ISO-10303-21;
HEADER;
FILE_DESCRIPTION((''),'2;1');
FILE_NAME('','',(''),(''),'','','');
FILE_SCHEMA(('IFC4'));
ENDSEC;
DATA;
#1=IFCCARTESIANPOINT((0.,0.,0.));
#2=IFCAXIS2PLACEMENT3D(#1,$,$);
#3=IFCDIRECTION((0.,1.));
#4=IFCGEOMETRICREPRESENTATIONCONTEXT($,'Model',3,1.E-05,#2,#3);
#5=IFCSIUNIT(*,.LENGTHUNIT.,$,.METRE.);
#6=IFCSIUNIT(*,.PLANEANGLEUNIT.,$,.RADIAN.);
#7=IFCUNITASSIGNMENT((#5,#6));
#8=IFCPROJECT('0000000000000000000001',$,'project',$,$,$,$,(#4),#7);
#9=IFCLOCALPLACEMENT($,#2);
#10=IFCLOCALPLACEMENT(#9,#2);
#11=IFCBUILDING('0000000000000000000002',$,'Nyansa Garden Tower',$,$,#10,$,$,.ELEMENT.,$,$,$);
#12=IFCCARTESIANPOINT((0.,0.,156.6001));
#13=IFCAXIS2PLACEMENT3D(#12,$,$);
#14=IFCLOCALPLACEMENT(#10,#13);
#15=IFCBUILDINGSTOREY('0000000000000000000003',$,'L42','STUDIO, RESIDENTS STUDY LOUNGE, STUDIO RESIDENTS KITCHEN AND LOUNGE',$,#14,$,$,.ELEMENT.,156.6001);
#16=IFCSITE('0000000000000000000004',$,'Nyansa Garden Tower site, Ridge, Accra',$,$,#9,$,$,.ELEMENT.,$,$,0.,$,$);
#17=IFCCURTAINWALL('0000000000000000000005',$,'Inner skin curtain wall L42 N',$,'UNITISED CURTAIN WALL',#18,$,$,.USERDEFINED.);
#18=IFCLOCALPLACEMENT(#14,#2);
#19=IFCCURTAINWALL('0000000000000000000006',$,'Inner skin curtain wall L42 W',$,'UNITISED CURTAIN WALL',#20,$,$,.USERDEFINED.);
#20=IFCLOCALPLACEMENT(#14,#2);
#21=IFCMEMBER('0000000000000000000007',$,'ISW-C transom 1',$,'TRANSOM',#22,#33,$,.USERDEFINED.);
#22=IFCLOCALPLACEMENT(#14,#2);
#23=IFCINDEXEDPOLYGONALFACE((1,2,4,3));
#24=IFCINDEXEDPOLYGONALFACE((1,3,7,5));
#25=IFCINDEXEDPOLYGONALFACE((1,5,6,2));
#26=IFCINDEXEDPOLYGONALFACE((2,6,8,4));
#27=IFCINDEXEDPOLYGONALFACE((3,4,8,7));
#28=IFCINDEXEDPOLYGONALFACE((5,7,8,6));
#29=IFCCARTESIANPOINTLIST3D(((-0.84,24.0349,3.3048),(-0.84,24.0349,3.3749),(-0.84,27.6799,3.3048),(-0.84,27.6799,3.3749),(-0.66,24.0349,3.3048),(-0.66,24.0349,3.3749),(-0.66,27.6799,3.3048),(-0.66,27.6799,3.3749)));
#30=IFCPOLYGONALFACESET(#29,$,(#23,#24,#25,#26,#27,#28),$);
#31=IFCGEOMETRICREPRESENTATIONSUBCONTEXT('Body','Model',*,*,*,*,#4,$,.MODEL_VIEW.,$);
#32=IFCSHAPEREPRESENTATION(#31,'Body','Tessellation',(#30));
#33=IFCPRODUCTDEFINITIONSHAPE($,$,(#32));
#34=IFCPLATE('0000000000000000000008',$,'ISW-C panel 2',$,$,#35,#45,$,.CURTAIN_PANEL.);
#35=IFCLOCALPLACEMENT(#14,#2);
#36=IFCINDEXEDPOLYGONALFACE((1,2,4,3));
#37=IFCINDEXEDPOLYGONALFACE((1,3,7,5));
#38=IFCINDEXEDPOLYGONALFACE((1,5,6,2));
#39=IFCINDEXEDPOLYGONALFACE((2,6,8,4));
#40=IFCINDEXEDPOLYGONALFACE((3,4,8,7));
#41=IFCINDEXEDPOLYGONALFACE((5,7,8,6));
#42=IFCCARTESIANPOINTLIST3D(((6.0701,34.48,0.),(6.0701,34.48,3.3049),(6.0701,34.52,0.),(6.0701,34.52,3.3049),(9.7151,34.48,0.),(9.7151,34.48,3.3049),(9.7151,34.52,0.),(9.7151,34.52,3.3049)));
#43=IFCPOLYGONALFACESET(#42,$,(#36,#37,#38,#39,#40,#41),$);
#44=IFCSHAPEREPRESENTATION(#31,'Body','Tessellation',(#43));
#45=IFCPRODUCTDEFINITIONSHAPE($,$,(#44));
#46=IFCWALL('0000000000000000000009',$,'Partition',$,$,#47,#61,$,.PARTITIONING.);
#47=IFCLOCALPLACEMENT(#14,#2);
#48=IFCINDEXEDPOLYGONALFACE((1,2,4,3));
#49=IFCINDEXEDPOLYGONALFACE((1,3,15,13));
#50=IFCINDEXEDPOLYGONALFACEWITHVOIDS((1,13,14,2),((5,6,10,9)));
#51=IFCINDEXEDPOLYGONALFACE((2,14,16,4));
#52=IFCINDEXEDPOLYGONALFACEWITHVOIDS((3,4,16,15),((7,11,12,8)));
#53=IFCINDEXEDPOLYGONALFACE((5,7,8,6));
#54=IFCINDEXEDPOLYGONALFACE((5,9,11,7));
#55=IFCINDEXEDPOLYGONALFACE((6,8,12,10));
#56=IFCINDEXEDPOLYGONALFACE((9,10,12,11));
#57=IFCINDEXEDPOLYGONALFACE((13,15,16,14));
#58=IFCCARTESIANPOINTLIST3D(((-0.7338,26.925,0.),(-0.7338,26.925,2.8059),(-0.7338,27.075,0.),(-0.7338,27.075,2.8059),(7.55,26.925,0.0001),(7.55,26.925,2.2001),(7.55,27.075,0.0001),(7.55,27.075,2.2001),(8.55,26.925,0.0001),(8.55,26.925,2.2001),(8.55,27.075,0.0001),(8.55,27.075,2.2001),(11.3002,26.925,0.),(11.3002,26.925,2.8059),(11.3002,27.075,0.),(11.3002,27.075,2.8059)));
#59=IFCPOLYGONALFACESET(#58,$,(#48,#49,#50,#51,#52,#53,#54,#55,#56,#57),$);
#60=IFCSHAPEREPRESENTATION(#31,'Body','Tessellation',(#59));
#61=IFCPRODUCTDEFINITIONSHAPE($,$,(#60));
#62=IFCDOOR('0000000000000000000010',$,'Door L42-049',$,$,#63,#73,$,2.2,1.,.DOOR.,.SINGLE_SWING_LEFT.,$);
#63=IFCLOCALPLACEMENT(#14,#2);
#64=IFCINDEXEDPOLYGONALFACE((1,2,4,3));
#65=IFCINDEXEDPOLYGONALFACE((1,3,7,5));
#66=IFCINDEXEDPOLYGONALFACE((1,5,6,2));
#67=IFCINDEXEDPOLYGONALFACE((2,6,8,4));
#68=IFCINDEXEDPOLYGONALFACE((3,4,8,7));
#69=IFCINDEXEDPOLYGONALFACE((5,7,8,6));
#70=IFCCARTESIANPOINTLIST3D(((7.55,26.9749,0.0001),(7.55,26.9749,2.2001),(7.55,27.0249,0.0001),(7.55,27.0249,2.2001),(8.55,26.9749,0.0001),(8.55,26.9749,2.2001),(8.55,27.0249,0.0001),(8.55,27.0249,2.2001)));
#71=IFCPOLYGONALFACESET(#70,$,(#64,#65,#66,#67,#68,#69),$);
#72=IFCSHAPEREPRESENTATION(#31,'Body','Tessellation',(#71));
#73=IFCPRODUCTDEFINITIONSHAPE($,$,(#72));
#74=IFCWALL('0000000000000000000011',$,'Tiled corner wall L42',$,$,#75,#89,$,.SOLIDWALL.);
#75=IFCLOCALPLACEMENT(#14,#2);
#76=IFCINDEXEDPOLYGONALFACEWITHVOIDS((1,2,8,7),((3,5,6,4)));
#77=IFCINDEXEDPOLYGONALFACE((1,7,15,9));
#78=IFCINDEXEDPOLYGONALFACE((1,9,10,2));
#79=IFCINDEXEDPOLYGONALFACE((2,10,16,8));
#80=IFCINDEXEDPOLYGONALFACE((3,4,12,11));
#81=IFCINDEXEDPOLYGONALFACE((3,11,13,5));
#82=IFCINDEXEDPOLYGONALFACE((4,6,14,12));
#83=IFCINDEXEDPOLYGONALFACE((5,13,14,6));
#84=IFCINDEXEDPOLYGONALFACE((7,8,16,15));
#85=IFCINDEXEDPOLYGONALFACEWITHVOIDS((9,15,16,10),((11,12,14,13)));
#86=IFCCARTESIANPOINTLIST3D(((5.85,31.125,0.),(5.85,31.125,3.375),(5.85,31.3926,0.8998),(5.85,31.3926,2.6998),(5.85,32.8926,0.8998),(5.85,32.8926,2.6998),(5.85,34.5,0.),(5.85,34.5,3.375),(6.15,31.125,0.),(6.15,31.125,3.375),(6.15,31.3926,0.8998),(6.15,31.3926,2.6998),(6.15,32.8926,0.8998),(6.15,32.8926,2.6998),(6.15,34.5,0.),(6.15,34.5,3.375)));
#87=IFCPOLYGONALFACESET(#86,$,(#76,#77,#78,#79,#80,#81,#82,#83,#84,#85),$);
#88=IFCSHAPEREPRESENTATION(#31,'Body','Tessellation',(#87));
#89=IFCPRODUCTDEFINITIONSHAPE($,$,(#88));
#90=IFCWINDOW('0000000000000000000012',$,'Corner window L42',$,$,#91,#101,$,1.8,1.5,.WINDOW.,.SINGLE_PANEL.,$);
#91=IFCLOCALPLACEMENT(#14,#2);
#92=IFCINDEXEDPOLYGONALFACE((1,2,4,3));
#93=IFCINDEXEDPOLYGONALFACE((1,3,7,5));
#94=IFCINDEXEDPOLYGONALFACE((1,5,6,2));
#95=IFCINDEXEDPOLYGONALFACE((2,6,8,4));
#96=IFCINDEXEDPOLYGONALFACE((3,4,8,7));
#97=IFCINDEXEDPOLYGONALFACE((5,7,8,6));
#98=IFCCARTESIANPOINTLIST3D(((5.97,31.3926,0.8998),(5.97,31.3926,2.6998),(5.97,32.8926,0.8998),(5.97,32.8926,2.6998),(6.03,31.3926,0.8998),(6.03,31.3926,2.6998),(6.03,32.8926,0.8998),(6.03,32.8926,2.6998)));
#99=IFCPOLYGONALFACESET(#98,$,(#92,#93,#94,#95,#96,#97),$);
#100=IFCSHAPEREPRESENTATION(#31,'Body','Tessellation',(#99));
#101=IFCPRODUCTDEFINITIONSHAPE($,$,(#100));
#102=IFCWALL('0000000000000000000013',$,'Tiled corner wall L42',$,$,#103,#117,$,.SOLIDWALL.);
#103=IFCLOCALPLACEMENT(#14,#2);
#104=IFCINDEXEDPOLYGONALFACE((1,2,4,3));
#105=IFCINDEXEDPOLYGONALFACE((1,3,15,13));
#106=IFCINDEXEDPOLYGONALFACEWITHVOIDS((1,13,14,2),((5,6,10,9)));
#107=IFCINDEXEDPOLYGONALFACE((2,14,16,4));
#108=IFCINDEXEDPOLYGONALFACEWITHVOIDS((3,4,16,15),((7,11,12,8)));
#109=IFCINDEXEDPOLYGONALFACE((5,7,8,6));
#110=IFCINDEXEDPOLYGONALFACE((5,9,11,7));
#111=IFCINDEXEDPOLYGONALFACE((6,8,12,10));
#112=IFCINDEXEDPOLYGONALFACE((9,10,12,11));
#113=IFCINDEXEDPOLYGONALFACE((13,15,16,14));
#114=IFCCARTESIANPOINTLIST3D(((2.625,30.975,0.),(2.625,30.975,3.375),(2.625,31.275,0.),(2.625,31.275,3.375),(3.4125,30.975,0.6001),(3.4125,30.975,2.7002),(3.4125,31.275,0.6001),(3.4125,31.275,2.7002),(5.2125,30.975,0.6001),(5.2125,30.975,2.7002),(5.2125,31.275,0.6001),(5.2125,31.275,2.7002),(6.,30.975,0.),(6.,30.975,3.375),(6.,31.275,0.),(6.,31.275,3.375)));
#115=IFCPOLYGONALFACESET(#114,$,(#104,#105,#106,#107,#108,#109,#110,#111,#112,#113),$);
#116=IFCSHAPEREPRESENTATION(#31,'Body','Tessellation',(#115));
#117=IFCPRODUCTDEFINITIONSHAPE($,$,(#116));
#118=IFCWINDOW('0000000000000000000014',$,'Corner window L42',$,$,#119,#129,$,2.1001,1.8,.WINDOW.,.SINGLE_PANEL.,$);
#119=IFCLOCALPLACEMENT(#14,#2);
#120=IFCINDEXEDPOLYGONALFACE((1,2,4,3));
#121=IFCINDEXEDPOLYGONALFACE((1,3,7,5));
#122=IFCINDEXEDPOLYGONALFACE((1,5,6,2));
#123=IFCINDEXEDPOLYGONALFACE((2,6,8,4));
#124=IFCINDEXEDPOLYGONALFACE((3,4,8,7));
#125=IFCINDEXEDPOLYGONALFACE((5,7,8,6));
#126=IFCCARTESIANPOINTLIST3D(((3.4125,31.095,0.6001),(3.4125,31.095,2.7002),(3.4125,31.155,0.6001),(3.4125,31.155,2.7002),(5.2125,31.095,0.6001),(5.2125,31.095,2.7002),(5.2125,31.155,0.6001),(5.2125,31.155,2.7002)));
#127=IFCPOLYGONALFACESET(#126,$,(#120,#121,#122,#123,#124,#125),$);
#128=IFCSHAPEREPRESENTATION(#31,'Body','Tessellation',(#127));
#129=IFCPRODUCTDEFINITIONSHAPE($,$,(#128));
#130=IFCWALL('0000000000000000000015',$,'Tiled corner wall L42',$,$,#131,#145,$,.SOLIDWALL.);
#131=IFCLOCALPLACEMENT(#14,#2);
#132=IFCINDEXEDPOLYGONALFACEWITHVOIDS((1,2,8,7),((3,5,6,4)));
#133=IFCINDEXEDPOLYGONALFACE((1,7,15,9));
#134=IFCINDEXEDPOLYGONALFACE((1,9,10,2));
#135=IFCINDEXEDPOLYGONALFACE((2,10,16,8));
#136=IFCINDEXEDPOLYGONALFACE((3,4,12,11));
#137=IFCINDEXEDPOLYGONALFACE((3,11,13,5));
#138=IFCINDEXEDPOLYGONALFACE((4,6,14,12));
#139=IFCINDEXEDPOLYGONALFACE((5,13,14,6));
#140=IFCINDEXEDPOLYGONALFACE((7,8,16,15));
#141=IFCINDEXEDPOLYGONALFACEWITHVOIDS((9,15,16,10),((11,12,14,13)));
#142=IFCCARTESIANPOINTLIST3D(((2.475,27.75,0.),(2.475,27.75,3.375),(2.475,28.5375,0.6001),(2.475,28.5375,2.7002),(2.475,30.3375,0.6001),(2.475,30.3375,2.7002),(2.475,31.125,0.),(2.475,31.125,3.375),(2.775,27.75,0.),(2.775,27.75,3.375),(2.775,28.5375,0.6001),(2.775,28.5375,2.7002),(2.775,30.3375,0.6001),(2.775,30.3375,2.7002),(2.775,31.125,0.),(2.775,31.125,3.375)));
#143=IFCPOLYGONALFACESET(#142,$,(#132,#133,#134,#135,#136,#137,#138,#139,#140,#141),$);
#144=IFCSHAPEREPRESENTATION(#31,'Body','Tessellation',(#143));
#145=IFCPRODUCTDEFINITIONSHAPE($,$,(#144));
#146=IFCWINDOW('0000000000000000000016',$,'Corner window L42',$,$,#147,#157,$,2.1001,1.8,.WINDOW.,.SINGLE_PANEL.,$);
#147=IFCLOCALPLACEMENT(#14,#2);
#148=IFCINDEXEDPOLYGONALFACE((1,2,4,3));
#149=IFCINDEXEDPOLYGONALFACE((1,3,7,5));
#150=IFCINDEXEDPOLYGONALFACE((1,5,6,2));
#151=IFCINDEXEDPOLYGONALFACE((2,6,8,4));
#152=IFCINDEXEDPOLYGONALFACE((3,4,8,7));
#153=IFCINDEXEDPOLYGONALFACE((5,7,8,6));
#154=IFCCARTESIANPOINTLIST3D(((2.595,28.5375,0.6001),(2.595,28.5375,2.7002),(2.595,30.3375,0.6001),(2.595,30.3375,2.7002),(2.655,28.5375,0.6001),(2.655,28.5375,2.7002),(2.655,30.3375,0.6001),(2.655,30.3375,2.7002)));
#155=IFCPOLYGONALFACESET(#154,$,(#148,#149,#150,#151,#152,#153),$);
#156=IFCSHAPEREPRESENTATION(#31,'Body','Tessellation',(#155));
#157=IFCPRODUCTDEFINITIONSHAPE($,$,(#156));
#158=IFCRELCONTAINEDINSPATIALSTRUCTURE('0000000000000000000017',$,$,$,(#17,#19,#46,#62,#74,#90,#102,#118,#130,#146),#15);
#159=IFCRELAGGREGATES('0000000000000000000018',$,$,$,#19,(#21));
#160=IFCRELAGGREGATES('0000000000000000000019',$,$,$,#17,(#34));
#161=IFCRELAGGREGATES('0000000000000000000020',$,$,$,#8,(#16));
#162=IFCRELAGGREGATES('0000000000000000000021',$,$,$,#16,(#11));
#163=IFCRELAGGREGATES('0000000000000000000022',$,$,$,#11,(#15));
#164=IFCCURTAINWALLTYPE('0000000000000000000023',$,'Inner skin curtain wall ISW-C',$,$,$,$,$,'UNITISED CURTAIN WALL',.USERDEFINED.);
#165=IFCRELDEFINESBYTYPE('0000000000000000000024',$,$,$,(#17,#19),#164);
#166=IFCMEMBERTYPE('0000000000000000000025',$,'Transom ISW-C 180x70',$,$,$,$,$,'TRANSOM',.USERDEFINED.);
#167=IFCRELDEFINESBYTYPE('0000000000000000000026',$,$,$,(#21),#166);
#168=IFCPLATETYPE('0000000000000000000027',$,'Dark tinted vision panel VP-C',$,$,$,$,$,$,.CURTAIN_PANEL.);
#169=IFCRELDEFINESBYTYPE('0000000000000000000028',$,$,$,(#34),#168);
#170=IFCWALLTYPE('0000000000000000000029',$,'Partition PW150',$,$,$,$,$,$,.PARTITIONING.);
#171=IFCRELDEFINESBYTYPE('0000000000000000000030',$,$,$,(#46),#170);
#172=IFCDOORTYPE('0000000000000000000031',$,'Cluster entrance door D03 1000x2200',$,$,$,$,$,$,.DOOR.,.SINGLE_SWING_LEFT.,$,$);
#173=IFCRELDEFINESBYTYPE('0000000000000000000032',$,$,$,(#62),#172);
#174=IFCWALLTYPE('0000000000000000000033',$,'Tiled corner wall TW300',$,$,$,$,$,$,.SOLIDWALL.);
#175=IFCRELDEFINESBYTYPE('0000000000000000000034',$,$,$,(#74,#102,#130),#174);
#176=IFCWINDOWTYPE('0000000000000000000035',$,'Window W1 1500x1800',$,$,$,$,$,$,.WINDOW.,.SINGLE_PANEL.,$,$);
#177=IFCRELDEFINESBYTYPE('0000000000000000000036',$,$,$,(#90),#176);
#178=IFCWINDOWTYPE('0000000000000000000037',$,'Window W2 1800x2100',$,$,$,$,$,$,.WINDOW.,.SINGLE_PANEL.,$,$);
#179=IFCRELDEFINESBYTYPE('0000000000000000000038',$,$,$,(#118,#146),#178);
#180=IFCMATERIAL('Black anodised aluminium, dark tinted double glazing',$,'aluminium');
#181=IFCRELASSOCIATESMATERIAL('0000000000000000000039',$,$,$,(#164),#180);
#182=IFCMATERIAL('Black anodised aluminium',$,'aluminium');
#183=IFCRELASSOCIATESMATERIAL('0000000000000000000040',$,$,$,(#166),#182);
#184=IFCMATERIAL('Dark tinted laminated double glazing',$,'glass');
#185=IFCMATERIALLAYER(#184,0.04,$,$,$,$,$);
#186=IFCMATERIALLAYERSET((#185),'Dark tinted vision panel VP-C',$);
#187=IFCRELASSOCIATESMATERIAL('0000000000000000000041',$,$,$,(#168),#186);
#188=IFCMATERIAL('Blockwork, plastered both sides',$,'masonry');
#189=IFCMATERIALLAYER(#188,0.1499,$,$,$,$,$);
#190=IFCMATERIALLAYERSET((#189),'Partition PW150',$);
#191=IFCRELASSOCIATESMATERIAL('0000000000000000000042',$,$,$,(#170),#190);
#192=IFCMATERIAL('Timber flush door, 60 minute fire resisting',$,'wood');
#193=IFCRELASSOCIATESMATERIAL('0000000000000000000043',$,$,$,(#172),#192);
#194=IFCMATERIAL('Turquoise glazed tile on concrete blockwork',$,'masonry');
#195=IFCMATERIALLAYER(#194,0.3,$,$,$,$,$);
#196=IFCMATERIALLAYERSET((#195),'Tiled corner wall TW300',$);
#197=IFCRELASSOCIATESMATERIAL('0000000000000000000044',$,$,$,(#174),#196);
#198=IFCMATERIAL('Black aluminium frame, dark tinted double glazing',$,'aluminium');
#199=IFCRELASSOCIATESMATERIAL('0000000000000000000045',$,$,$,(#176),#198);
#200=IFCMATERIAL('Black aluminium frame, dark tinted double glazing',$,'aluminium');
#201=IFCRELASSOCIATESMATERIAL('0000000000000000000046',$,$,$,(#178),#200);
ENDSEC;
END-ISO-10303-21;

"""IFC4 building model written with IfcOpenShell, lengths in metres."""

from ifc_helpers import new_model, si_unit, direction, frame, frame_2d, origin, origin_2d, place, context, subcontext, project, spatial, rectangle, extrude, material, layer, layer_set, material_profile, profile_set, type_object, element, fill, aggregate, save


model = new_model("IFC4")

# Units and contexts
model_context = context("Model", 3, precision=1e-05, world=origin(), true_north=direction((0.0, 1.0)))
body_context = subcontext(model_context, "Body", "Model", "MODEL_VIEW")
ifc_project = project(units=[si_unit("LENGTHUNIT", "METRE"), si_unit("PLANEANGLEUNIT", "RADIAN")], contexts=[model_context])

# Site, building, storey
site_placement = place(None, origin())
site = spatial("IfcSite", under=ifc_project, at=site_placement, Name="Nyansa Garden Tower site, Ridge, Accra", CompositionType="ELEMENT", RefElevation=0.0)
building_placement = place(site_placement, origin())
building = spatial("IfcBuilding", under=site, at=building_placement, Name="Nyansa Garden Tower", CompositionType="ELEMENT")
storey_placement = place(building_placement, frame((0.0, 0.0, 156.6001)))
storey = spatial("IfcBuildingStorey", under=building, at=storey_placement, Name="L42", Description="STUDIO, RESIDENTS STUDY LOUNGE, STUDIO RESIDENTS KITCHEN AND LOUNGE", CompositionType="ELEMENT", Elevation=156.6001)

# Curtain walls
ifc_material_1 = material(Name="Black anodised aluminium, dark tinted double glazing", Category="aluminium")
curtain_wall_type = type_object("IfcCurtainWallType", Name="Inner skin curtain wall ISW-C", ElementType="UNITISED CURTAIN WALL", PredefinedType="USERDEFINED", material=ifc_material_1)
curtain_wall_1_placement = place(storey_placement, origin())
curtain_wall_1 = element("IfcCurtainWall", 1, at=curtain_wall_1_placement, inside=storey, type_object=curtain_wall_type, Name="Inner skin curtain wall L42 N", ObjectType="UNITISED CURTAIN WALL", PredefinedType="USERDEFINED")
curtain_wall_2_placement = place(storey_placement, origin())
curtain_wall_2 = element("IfcCurtainWall", 2, at=curtain_wall_2_placement, inside=storey, type_object=curtain_wall_type, Name="Inner skin curtain wall L42 W", ObjectType="UNITISED CURTAIN WALL", PredefinedType="USERDEFINED")

# Member
ifc_material_2 = material(Name="Black anodised aluminium", Category="aluminium")
ifc_material_profile_1 = material_profile(ifc_material_2, rectangle(XDim=0.1799, YDim=0.0701, at=origin_2d()), Name="Transom 180x70")
ifc_profile_set_1 = profile_set([ifc_material_profile_1], Name="Black anodised aluminium")
member_type_1 = type_object("IfcMemberType", Name="Transom ISW-C 180x70", ElementType="TRANSOM", PredefinedType="USERDEFINED", material=ifc_profile_set_1)
member_1_placement = place(storey_placement, frame((-0.75, 27.6799, 3.3398), z_axis=(0.0, -1.0, 0.0), x_axis=(1.0, 0.0, 0.0)))
member_1 = element("IfcMember", 3, at=member_1_placement, type_object=member_type_1, Name="ISW-C transom 1", ObjectType="TRANSOM", PredefinedType="USERDEFINED", context=body_context, shape_type="SweptSolid", body=[
    extrude(rectangle(XDim=0.1799, YDim=0.0701, at=origin_2d()), origin(), (0.0, 0.0, 1.0), 3.645),
])
aggregate(curtain_wall_2, [member_1])

# Plate
ifc_material_3 = material(Name="Dark tinted laminated double glazing", Category="glass")
ifc_layer_1 = layer(ifc_material_3, 0.04)
ifc_layer_set_1 = layer_set([ifc_layer_1], Name="Dark tinted vision panel VP-C")
plate_type = type_object("IfcPlateType", Name="Dark tinted vision panel VP-C", PredefinedType="CURTAIN_PANEL", material=ifc_layer_set_1)
plate_placement = place(storey_placement, frame((7.8926, 34.5, 0.0), z_axis=(0.0, 0.0, 1.0), x_axis=(-1.0, 0.0, 0.0)))
plate = element("IfcPlate", 4, at=plate_placement, type_object=plate_type, Name="ISW-C panel 2", PredefinedType="CURTAIN_PANEL", context=body_context, shape_type="SweptSolid", body=[
    extrude(rectangle(XDim=3.645, YDim=0.04, at=origin_2d()), origin(), (0.0, 0.0, 1.0), 3.3049),
])
aggregate(curtain_wall_1, [plate])

# Wall, opening, door
ifc_material_4 = material(Name="Blockwork, plastered both sides", Category="masonry")
ifc_layer_2 = layer(ifc_material_4, 0.1499)
ifc_layer_set_2 = layer_set([ifc_layer_2], Name="Partition PW150")
wall_type_1 = type_object("IfcWallType", Name="Partition PW150", PredefinedType="PARTITIONING", material=ifc_layer_set_2)
wall_1_placement = place(storey_placement, frame((-0.7339, 27.0, 0.0), z_axis=(0.0, 0.0, 1.0), x_axis=(1.0, 0.0, 0.0)))
wall_1 = element("IfcWall", 5, at=wall_1_placement, inside=storey, type_object=wall_type_1, Name="Partition", PredefinedType="PARTITIONING", context=body_context, shape_type="SweptSolid", body=[
    extrude(rectangle(XDim=12.0339, YDim=0.1499, at=frame_2d((6.0171, 0.0))), origin(), (0.0, 0.0, 1.0), 2.8059),
])
opening_1_placement = place(wall_1_placement, frame((8.2839, 0.0, 0.0)))
opening_1 = element("IfcOpeningElement", 6, at=opening_1_placement, cuts=wall_1, PredefinedType="OPENING", context=body_context, shape_type="SweptSolid", body=[
    extrude(rectangle(XDim=1.0, YDim=2.2, at=frame_2d((0.5, 1.1001))), frame((0.0, 0.085, 0.0), z_axis=(0.0, -1.0, 0.0), x_axis=(1.0, 0.0, 0.0)), (0.0, 0.0, 1.0), 0.1699),
])
ifc_material_5 = material(Name="Timber flush door, 60 minute fire resisting", Category="wood")
door_type = type_object("IfcDoorType", Name="Cluster entrance door D03 1000x2200", OperationType="SINGLE_SWING_LEFT", PredefinedType="DOOR", material=ifc_material_5)
door_placement = place(opening_1_placement, origin())
door = element("IfcDoor", 7, at=door_placement, inside=storey, type_object=door_type, Name="Door L42-049", OperationType="SINGLE_SWING_LEFT", OverallHeight=2.2, OverallWidth=1.0, PredefinedType="DOOR", context=body_context, shape_type="SweptSolid", body=[
    extrude(rectangle(XDim=1.0, YDim=2.2, at=frame_2d((0.5, 1.1001))), frame((0.0, 0.0249, 0.0), z_axis=(0.0, -1.0, 0.0), x_axis=(1.0, 0.0, 0.0)), (0.0, 0.0, 1.0), 0.05),
])
fill(opening_1, door)

# Walls, openings, windows
ifc_material_6 = material(Name="Turquoise glazed tile on concrete blockwork", Category="masonry")
ifc_layer_3 = layer(ifc_material_6, 0.3)
ifc_layer_set_3 = layer_set([ifc_layer_3], Name="Tiled corner wall TW300")
wall_type_2 = type_object("IfcWallType", Name="Tiled corner wall TW300", PredefinedType="SOLIDWALL", material=ifc_layer_set_3)
wall_2_placement = place(storey_placement, frame((6.0, 34.5, 0.0), z_axis=(0.0, 0.0, 1.0), x_axis=(0.0, -1.0, 0.0)))
wall_2 = element("IfcWall", 8, at=wall_2_placement, inside=storey, type_object=wall_type_2, Name="Tiled corner wall L42", PredefinedType="SOLIDWALL", context=body_context, shape_type="SweptSolid", body=[
    extrude(rectangle(XDim=3.375, YDim=0.3, at=frame_2d((1.6875, 0.0))), origin(), (0.0, 0.0, 1.0), 3.375),
])
opening_2_placement = place(wall_2_placement, frame((1.6074, 0.0, 0.8999)))
opening_2 = element("IfcOpeningElement", 9, at=opening_2_placement, cuts=wall_2, PredefinedType="OPENING", context=body_context, shape_type="SweptSolid", body=[
    extrude(rectangle(XDim=1.5, YDim=1.8, at=frame_2d((0.75, 0.8999))), frame((0.0, 0.1599, 0.0), z_axis=(0.0, -1.0, 0.0), x_axis=(1.0, 0.0, 0.0)), (0.0, 0.0, 1.0), 0.3201),
])
ifc_material_7 = material(Name="Black aluminium frame, dark tinted double glazing", Category="aluminium")
window_type_1 = type_object("IfcWindowType", Name="Window W1 1500x1800", PartitioningType="SINGLE_PANEL", PredefinedType="WINDOW", material=ifc_material_7)
window_1_placement = place(opening_2_placement, origin())
window_1 = element("IfcWindow", 10, at=window_1_placement, inside=storey, type_object=window_type_1, Name="Corner window L42", OverallHeight=1.8, OverallWidth=1.5, PartitioningType="SINGLE_PANEL", PredefinedType="WINDOW", context=body_context, shape_type="SweptSolid", body=[
    extrude(rectangle(XDim=1.5, YDim=1.8, at=frame_2d((0.75, 0.8999))), frame((0.0, 0.03, 0.0), z_axis=(0.0, -1.0, 0.0), x_axis=(1.0, 0.0, 0.0)), (0.0, 0.0, 1.0), 0.0601),
])
fill(opening_2, window_1)
wall_3_placement = place(storey_placement, frame((6.0, 31.125, 0.0), z_axis=(0.0, 0.0, 1.0), x_axis=(-1.0, 0.0, 0.0)))
wall_3 = element("IfcWall", 11, at=wall_3_placement, inside=storey, type_object=wall_type_2, Name="Tiled corner wall L42", PredefinedType="SOLIDWALL", context=body_context, shape_type="SweptSolid", body=[
    extrude(rectangle(XDim=3.375, YDim=0.3, at=frame_2d((1.6875, 0.0))), origin(), (0.0, 0.0, 1.0), 3.375),
])
opening_3_placement = place(wall_3_placement, frame((0.7876, 0.0, 0.6001)))
opening_3 = element("IfcOpeningElement", 12, at=opening_3_placement, cuts=wall_3, PredefinedType="OPENING", context=body_context, shape_type="SweptSolid", body=[
    extrude(rectangle(XDim=1.8, YDim=2.1001, at=frame_2d((0.8999, 1.05))), frame((0.0, 0.1599, 0.0), z_axis=(0.0, -1.0, 0.0), x_axis=(1.0, 0.0, 0.0)), (0.0, 0.0, 1.0), 0.3201),
])
ifc_material_8 = material(Name="Black aluminium frame, dark tinted double glazing", Category="aluminium")
window_type_2 = type_object("IfcWindowType", Name="Window W2 1800x2100", PartitioningType="SINGLE_PANEL", PredefinedType="WINDOW", material=ifc_material_8)
window_2_placement = place(opening_3_placement, origin())
window_2 = element("IfcWindow", 13, at=window_2_placement, inside=storey, type_object=window_type_2, Name="Corner window L42", OverallHeight=2.1001, OverallWidth=1.8, PartitioningType="SINGLE_PANEL", PredefinedType="WINDOW", context=body_context, shape_type="SweptSolid", body=[
    extrude(rectangle(XDim=1.8, YDim=2.1001, at=frame_2d((0.8999, 1.05))), frame((0.0, 0.03, 0.0), z_axis=(0.0, -1.0, 0.0), x_axis=(1.0, 0.0, 0.0)), (0.0, 0.0, 1.0), 0.0601),
])
fill(opening_3, window_2)
wall_4_placement = place(storey_placement, frame((2.625, 31.125, 0.0), z_axis=(0.0, 0.0, 1.0), x_axis=(0.0, -1.0, 0.0)))
wall_4 = element("IfcWall", 14, at=wall_4_placement, inside=storey, type_object=wall_type_2, Name="Tiled corner wall L42", PredefinedType="SOLIDWALL", context=body_context, shape_type="SweptSolid", body=[
    extrude(rectangle(XDim=3.375, YDim=0.3, at=frame_2d((1.6875, 0.0))), origin(), (0.0, 0.0, 1.0), 3.375),
])
opening_4_placement = place(wall_4_placement, frame((0.7876, 0.0, 0.6001)))
opening_4 = element("IfcOpeningElement", 15, at=opening_4_placement, cuts=wall_4, PredefinedType="OPENING", context=body_context, shape_type="SweptSolid", body=[
    extrude(rectangle(XDim=1.8, YDim=2.1001, at=frame_2d((0.8999, 1.05))), frame((0.0, 0.1599, 0.0), z_axis=(0.0, -1.0, 0.0), x_axis=(1.0, 0.0, 0.0)), (0.0, 0.0, 1.0), 0.3201),
])
window_3_placement = place(opening_4_placement, origin())
window_3 = element("IfcWindow", 16, at=window_3_placement, inside=storey, type_object=window_type_2, Name="Corner window L42", OverallHeight=2.1001, OverallWidth=1.8, PartitioningType="SINGLE_PANEL", PredefinedType="WINDOW", context=body_context, shape_type="SweptSolid", body=[
    extrude(rectangle(XDim=1.8, YDim=2.1001, at=frame_2d((0.8999, 1.05))), frame((0.0, 0.03, 0.0), z_axis=(0.0, -1.0, 0.0), x_axis=(1.0, 0.0, 0.0)), (0.0, 0.0, 1.0), 0.0601),
])
fill(opening_4, window_3)

save(model, "model.ifc")
